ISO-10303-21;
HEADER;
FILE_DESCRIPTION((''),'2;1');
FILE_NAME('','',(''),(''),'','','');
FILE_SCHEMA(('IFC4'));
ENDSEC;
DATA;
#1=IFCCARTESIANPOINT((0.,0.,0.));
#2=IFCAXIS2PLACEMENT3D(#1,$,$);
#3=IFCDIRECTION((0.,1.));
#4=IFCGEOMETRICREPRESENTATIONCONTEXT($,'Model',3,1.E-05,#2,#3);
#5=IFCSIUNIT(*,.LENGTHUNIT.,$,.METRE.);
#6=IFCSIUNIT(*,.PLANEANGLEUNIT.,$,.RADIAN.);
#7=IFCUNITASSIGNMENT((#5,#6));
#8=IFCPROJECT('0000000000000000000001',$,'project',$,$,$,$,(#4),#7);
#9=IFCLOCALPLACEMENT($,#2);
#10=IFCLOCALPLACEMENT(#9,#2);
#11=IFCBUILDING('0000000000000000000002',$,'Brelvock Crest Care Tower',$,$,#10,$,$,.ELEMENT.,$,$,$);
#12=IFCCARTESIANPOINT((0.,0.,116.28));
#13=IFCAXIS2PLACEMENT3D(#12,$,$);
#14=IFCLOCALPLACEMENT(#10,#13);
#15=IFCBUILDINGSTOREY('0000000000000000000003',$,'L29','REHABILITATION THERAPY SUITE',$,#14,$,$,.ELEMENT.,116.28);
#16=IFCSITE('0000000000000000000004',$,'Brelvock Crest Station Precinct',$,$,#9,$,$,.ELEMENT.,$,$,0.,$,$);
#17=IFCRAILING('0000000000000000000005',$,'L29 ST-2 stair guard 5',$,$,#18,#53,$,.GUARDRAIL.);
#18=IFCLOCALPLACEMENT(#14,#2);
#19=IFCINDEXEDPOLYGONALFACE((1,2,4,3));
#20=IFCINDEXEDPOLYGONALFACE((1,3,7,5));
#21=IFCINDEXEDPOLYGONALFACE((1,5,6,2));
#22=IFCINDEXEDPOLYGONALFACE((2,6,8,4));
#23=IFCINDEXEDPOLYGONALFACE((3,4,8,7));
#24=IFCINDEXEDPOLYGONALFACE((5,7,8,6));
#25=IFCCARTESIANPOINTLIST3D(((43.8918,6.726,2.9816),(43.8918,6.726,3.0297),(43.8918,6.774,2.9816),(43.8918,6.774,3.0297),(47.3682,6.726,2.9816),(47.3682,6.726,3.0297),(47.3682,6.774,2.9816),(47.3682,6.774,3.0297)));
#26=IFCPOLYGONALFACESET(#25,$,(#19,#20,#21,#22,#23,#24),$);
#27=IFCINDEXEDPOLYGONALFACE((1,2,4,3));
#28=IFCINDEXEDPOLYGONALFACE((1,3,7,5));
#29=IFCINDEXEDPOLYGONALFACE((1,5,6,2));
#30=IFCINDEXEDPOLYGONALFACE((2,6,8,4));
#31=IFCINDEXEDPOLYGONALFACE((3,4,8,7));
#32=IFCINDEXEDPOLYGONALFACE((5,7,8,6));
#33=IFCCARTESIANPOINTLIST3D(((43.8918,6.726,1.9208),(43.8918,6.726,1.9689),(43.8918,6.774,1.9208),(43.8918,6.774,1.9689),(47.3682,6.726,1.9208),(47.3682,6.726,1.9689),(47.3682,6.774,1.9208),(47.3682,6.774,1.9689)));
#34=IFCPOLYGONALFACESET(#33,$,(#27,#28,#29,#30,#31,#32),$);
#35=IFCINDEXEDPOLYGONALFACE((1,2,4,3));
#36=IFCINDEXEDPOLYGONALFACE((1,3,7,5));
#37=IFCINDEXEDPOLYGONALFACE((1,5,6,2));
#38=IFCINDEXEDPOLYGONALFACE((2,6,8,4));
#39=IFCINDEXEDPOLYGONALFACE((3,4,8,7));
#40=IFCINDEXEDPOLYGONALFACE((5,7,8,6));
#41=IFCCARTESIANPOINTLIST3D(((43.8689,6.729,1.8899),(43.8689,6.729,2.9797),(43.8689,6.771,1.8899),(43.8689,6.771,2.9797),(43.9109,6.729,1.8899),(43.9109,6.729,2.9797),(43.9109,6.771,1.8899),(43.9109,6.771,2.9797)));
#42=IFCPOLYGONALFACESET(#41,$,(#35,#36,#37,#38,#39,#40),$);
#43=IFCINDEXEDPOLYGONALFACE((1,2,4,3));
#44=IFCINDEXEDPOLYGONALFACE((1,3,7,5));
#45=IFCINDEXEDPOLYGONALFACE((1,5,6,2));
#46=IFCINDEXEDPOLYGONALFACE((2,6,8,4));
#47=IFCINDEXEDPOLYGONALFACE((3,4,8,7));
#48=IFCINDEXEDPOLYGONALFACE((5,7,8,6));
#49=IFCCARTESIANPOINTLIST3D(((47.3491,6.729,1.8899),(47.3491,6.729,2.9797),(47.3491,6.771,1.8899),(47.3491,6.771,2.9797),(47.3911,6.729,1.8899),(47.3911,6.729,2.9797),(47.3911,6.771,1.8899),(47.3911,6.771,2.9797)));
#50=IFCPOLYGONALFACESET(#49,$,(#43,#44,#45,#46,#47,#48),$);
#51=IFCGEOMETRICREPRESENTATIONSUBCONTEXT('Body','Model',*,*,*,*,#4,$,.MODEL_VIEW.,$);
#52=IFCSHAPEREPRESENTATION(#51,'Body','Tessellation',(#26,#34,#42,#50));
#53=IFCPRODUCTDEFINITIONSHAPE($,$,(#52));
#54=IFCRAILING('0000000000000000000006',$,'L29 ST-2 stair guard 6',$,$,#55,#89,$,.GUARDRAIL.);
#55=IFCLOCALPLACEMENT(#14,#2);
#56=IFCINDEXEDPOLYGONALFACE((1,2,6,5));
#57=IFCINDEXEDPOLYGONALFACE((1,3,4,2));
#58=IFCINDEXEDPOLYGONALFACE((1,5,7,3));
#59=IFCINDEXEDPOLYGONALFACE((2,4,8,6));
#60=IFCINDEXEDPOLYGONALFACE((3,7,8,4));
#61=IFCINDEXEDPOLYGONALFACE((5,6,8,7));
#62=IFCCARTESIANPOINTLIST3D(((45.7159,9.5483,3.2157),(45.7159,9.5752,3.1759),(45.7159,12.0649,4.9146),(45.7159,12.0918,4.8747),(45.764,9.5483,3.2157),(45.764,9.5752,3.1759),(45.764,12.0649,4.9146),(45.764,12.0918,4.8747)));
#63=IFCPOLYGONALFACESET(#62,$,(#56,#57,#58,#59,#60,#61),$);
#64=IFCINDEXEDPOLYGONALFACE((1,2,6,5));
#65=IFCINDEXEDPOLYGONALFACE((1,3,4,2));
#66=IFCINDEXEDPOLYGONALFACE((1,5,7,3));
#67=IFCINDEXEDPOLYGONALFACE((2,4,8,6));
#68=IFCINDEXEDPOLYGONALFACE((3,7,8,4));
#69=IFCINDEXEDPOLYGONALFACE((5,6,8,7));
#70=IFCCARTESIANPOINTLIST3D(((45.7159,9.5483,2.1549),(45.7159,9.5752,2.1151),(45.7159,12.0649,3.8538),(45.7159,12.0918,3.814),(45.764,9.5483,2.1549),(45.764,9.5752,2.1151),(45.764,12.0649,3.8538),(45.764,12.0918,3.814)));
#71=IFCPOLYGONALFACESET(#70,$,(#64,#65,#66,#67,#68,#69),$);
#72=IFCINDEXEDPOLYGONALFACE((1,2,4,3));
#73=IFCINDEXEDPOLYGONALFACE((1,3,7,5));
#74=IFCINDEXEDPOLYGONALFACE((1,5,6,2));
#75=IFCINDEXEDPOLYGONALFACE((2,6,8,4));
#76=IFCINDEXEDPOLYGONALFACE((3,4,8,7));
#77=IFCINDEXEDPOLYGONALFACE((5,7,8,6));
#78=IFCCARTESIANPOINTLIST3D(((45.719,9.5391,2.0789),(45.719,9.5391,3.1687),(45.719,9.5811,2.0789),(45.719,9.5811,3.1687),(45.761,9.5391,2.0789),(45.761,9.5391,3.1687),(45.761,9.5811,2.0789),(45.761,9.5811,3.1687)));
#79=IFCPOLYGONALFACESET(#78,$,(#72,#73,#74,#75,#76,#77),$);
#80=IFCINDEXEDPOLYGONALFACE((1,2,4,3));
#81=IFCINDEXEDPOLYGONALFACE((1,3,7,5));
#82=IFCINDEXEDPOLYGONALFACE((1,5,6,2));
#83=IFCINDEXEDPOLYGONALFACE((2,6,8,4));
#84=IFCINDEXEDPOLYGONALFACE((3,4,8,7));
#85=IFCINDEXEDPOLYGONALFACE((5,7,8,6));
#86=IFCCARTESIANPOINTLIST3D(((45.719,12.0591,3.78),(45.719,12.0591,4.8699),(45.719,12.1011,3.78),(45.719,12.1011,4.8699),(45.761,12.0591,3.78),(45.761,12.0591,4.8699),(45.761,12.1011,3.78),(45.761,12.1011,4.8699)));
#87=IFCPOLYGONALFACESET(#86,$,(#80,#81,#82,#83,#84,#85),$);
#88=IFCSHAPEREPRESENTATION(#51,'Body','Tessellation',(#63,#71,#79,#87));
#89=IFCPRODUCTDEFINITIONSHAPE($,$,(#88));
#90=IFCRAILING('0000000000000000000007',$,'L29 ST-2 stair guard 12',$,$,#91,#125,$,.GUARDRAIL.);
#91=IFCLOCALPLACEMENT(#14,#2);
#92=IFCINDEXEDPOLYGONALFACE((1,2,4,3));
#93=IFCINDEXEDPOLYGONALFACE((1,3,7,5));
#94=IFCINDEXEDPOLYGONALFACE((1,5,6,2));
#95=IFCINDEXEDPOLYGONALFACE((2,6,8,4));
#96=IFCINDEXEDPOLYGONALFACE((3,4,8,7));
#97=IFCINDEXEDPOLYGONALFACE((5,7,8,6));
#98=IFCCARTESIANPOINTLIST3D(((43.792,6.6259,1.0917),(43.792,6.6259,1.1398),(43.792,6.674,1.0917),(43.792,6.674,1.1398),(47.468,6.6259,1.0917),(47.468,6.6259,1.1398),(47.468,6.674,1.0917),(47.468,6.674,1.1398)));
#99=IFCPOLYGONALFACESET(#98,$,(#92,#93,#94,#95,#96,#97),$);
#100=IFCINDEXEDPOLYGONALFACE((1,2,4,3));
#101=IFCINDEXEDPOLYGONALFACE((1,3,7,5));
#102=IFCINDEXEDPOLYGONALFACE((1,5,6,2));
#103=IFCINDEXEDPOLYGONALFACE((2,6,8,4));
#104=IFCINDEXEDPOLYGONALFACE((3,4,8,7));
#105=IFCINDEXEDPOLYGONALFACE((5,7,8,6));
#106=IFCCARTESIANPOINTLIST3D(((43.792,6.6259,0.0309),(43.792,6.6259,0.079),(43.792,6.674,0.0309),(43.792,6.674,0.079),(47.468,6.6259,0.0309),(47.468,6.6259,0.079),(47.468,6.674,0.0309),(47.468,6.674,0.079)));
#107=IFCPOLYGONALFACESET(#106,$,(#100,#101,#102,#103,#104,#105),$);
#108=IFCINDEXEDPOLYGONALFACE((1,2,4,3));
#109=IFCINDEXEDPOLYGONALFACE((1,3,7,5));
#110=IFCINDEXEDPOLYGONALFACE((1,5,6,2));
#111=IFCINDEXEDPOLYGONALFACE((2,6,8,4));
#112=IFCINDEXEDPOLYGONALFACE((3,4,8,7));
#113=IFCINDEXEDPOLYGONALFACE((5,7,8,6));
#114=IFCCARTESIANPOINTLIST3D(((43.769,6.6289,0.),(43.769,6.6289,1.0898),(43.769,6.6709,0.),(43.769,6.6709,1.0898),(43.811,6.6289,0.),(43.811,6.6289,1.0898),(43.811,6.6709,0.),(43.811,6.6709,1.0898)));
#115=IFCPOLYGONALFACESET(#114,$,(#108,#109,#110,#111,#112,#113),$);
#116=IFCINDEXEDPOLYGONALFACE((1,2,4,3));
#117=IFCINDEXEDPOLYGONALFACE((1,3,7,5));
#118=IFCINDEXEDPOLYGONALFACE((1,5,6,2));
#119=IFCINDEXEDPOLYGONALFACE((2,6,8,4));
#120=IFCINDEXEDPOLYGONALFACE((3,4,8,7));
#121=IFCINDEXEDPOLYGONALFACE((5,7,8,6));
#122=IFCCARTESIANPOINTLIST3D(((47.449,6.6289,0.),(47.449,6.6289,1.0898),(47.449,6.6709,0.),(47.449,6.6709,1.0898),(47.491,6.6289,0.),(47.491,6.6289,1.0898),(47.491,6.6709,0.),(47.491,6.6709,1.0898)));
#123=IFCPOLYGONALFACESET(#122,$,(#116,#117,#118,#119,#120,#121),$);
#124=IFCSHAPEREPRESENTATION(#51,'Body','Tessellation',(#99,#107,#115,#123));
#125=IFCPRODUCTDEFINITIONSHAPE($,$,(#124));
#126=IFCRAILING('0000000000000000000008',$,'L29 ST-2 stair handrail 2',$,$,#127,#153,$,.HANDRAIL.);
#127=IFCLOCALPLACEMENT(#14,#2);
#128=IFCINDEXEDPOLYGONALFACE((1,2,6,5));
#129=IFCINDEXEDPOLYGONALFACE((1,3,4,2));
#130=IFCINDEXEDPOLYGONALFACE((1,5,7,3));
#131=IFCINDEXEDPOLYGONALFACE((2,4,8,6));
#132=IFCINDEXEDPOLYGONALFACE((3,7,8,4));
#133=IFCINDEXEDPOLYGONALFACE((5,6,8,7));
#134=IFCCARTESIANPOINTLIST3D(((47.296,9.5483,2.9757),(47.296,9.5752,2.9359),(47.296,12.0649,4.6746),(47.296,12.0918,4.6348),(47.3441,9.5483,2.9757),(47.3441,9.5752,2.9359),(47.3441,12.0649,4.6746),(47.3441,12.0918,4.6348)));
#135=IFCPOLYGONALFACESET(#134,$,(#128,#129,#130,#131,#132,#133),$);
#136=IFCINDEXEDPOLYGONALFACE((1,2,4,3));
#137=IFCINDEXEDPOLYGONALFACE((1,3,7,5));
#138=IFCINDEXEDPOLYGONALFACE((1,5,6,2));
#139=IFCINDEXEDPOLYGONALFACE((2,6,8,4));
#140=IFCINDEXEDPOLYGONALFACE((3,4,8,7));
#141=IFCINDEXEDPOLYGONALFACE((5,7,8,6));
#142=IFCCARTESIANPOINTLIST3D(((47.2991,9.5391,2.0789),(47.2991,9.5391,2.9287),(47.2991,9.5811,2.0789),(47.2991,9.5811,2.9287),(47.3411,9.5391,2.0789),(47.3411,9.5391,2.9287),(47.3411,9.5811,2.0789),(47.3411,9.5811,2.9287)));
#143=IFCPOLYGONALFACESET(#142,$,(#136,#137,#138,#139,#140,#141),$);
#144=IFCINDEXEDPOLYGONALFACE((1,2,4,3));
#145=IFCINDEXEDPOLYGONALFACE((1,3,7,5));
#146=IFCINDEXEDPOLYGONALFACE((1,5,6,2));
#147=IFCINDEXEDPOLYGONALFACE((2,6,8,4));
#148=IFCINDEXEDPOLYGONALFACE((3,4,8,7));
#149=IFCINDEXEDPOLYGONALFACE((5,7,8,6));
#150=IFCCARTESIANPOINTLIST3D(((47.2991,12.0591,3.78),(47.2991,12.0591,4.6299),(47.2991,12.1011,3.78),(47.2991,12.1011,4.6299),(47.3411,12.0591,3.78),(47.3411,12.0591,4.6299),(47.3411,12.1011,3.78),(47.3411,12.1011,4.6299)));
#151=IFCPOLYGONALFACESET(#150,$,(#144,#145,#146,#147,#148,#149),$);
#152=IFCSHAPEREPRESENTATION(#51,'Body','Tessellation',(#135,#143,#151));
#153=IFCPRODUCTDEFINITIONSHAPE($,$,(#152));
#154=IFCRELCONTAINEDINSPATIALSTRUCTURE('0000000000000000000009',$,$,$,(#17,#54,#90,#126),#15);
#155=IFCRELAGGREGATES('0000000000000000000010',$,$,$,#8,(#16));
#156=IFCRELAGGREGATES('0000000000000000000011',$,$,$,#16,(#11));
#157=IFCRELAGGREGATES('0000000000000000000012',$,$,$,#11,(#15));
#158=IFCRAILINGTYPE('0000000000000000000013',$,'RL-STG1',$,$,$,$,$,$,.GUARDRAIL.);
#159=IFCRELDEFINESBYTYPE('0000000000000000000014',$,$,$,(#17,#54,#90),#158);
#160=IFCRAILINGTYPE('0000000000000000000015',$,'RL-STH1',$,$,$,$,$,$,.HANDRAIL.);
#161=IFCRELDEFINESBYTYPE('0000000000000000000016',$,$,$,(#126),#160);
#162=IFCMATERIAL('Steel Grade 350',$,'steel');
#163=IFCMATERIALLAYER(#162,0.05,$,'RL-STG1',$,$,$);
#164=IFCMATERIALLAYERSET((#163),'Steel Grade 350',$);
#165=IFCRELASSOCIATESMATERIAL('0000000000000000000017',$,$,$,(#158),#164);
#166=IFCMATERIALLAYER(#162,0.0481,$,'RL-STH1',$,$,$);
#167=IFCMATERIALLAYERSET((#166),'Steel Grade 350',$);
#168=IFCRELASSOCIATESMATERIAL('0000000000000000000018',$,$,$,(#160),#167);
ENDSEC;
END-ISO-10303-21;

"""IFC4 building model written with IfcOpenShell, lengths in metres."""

from ifc_helpers import new_model, si_unit, direction, frame, origin, origin_2d, place, context, subcontext, project, spatial, rectangle, extrude, material, layer, layer_set, type_object, element, save


model = new_model("IFC4")

# Units and contexts
model_context = context("Model", 3, precision=1e-05, world=origin(), true_north=direction((0.0, 1.0)))
body_context = subcontext(model_context, "Body", "Model", "MODEL_VIEW")
ifc_project = project(units=[si_unit("LENGTHUNIT", "METRE"), si_unit("PLANEANGLEUNIT", "RADIAN")], contexts=[model_context])

# Site, building, storey
site_placement = place(None, origin())
site = spatial("IfcSite", under=ifc_project, at=site_placement, Name="Brelvock Crest Station Precinct", CompositionType="ELEMENT", RefElevation=0.0)
building_placement = place(site_placement, origin())
building = spatial("IfcBuilding", under=site, at=building_placement, Name="Brelvock Crest Care Tower", CompositionType="ELEMENT")
storey_placement = place(building_placement, frame((0.0, 0.0, 116.28)))
storey = spatial("IfcBuildingStorey", under=building, at=storey_placement, Name="L29", Description="REHABILITATION THERAPY SUITE", CompositionType="ELEMENT", Elevation=116.28)

# Shared definitions
ifc_material_1 = material(Name="Steel Grade 350", Category="steel")

# Railings
ifc_layer_1 = layer(ifc_material_1, 0.05, Name="RL-STG1")
ifc_layer_set_1 = layer_set([ifc_layer_1], Name="Steel Grade 350")
railing_type_1 = type_object("IfcRailingType", Name="RL-STG1", PredefinedType="GUARDRAIL", material=ifc_layer_set_1)
railing_1_placement = place(storey_placement, frame((43.8899, 6.75, 1.8899)))
element("IfcRailing", 1, at=railing_1_placement, inside=storey, type_object=railing_type_1, Name="L29 ST-2 stair guard 5", PredefinedType="GUARDRAIL", context=body_context, shape_type="SweptSolid", body=[
    extrude(rectangle(XDim=0.0481, YDim=0.0481, at=origin_2d()), frame((0.002, 0.0, 1.1157), z_axis=(1.0, 0.0, 0.0), x_axis=(0.0, 1.0, 0.0)), (0.0, 0.0, 1.0), 3.4763),
    extrude(rectangle(XDim=0.0481, YDim=0.0481, at=origin_2d()), frame((0.002, 0.0, 0.0549), z_axis=(1.0, 0.0, 0.0), x_axis=(0.0, 1.0, 0.0)), (0.0, 0.0, 1.0), 3.4763),
    extrude(rectangle(XDim=0.042, YDim=0.042, at=origin_2d()), origin(), (0.0, 0.0, 1.0), 1.0898),
    extrude(rectangle(XDim=0.042, YDim=0.042, at=origin_2d()), frame((3.4802, 0.0, 0.0)), (0.0, 0.0, 1.0), 1.0898),
])
railing_2_placement = place(storey_placement, frame((45.74, 9.5601, 2.0789)))
element("IfcRailing", 2, at=railing_2_placement, inside=storey, type_object=railing_type_1, Name="L29 ST-2 stair guard 6", PredefinedType="GUARDRAIL", context=body_context, shape_type="SweptSolid", body=[
    extrude(rectangle(XDim=0.0481, YDim=0.0481, at=origin_2d()), frame((0.0, 0.0017, 1.1169), z_axis=(0.0, 0.828824, 0.559509), x_axis=(-1.0, 0.0, 0.0)), (0.0, 0.0, 1.0), 3.0364),
    extrude(rectangle(XDim=0.0481, YDim=0.0481, at=origin_2d()), frame((0.0, 0.0017, 0.0562), z_axis=(0.0, 0.828824, 0.559509), x_axis=(-1.0, 0.0, 0.0)), (0.0, 0.0, 1.0), 3.0364),
    extrude(rectangle(XDim=0.042, YDim=0.042, at=origin_2d()), origin(), (0.0, 0.0, 1.0), 1.0898),
    extrude(rectangle(XDim=0.042, YDim=0.042, at=origin_2d()), frame((0.0, 2.52, 1.7012)), (0.0, 0.0, 1.0), 1.0898),
])
railing_3_placement = place(storey_placement, frame((43.79, 6.6499, 0.0)))
element("IfcRailing", 3, at=railing_3_placement, inside=storey, type_object=railing_type_1, Name="L29 ST-2 stair guard 12", PredefinedType="GUARDRAIL", context=body_context, shape_type="SweptSolid", body=[
    extrude(rectangle(XDim=0.0481, YDim=0.0481, at=origin_2d()), frame((0.002, 0.0, 1.1157), z_axis=(1.0, 0.0, 0.0), x_axis=(0.0, 1.0, 0.0)), (0.0, 0.0, 1.0), 3.676),
    extrude(rectangle(XDim=0.0481, YDim=0.0481, at=origin_2d()), frame((0.002, 0.0, 0.0549), z_axis=(1.0, 0.0, 0.0), x_axis=(0.0, 1.0, 0.0)), (0.0, 0.0, 1.0), 3.676),
    extrude(rectangle(XDim=0.042, YDim=0.042, at=origin_2d()), origin(), (0.0, 0.0, 1.0), 1.0898),
    extrude(rectangle(XDim=0.042, YDim=0.042, at=origin_2d()), frame((3.6799, 0.0, 0.0)), (0.0, 0.0, 1.0), 1.0898),
])
ifc_layer_2 = layer(ifc_material_1, 0.0481, Name="RL-STH1")
ifc_layer_set_2 = layer_set([ifc_layer_2], Name="Steel Grade 350")
railing_type_2 = type_object("IfcRailingType", Name="RL-STH1", PredefinedType="HANDRAIL", material=ifc_layer_set_2)
railing_4_placement = place(storey_placement, frame((47.3201, 9.5601, 2.0789)))
element("IfcRailing", 4, at=railing_4_placement, inside=storey, type_object=railing_type_2, Name="L29 ST-2 stair handrail 2", PredefinedType="HANDRAIL", context=body_context, shape_type="SweptSolid", body=[
    extrude(rectangle(XDim=0.0481, YDim=0.0481, at=origin_2d()), frame((0.0, 0.0017, 0.877), z_axis=(0.0, 0.828824, 0.559509), x_axis=(-1.0, 0.0, 0.0)), (0.0, 0.0, 1.0), 3.0364),
    extrude(rectangle(XDim=0.042, YDim=0.042, at=origin_2d()), origin(), (0.0, 0.0, 1.0), 0.8499),
    extrude(rectangle(XDim=0.042, YDim=0.042, at=origin_2d()), frame((0.0, 2.52, 1.7012)), (0.0, 0.0, 1.0), 0.8499),
])

save(model, "model.ifc")
